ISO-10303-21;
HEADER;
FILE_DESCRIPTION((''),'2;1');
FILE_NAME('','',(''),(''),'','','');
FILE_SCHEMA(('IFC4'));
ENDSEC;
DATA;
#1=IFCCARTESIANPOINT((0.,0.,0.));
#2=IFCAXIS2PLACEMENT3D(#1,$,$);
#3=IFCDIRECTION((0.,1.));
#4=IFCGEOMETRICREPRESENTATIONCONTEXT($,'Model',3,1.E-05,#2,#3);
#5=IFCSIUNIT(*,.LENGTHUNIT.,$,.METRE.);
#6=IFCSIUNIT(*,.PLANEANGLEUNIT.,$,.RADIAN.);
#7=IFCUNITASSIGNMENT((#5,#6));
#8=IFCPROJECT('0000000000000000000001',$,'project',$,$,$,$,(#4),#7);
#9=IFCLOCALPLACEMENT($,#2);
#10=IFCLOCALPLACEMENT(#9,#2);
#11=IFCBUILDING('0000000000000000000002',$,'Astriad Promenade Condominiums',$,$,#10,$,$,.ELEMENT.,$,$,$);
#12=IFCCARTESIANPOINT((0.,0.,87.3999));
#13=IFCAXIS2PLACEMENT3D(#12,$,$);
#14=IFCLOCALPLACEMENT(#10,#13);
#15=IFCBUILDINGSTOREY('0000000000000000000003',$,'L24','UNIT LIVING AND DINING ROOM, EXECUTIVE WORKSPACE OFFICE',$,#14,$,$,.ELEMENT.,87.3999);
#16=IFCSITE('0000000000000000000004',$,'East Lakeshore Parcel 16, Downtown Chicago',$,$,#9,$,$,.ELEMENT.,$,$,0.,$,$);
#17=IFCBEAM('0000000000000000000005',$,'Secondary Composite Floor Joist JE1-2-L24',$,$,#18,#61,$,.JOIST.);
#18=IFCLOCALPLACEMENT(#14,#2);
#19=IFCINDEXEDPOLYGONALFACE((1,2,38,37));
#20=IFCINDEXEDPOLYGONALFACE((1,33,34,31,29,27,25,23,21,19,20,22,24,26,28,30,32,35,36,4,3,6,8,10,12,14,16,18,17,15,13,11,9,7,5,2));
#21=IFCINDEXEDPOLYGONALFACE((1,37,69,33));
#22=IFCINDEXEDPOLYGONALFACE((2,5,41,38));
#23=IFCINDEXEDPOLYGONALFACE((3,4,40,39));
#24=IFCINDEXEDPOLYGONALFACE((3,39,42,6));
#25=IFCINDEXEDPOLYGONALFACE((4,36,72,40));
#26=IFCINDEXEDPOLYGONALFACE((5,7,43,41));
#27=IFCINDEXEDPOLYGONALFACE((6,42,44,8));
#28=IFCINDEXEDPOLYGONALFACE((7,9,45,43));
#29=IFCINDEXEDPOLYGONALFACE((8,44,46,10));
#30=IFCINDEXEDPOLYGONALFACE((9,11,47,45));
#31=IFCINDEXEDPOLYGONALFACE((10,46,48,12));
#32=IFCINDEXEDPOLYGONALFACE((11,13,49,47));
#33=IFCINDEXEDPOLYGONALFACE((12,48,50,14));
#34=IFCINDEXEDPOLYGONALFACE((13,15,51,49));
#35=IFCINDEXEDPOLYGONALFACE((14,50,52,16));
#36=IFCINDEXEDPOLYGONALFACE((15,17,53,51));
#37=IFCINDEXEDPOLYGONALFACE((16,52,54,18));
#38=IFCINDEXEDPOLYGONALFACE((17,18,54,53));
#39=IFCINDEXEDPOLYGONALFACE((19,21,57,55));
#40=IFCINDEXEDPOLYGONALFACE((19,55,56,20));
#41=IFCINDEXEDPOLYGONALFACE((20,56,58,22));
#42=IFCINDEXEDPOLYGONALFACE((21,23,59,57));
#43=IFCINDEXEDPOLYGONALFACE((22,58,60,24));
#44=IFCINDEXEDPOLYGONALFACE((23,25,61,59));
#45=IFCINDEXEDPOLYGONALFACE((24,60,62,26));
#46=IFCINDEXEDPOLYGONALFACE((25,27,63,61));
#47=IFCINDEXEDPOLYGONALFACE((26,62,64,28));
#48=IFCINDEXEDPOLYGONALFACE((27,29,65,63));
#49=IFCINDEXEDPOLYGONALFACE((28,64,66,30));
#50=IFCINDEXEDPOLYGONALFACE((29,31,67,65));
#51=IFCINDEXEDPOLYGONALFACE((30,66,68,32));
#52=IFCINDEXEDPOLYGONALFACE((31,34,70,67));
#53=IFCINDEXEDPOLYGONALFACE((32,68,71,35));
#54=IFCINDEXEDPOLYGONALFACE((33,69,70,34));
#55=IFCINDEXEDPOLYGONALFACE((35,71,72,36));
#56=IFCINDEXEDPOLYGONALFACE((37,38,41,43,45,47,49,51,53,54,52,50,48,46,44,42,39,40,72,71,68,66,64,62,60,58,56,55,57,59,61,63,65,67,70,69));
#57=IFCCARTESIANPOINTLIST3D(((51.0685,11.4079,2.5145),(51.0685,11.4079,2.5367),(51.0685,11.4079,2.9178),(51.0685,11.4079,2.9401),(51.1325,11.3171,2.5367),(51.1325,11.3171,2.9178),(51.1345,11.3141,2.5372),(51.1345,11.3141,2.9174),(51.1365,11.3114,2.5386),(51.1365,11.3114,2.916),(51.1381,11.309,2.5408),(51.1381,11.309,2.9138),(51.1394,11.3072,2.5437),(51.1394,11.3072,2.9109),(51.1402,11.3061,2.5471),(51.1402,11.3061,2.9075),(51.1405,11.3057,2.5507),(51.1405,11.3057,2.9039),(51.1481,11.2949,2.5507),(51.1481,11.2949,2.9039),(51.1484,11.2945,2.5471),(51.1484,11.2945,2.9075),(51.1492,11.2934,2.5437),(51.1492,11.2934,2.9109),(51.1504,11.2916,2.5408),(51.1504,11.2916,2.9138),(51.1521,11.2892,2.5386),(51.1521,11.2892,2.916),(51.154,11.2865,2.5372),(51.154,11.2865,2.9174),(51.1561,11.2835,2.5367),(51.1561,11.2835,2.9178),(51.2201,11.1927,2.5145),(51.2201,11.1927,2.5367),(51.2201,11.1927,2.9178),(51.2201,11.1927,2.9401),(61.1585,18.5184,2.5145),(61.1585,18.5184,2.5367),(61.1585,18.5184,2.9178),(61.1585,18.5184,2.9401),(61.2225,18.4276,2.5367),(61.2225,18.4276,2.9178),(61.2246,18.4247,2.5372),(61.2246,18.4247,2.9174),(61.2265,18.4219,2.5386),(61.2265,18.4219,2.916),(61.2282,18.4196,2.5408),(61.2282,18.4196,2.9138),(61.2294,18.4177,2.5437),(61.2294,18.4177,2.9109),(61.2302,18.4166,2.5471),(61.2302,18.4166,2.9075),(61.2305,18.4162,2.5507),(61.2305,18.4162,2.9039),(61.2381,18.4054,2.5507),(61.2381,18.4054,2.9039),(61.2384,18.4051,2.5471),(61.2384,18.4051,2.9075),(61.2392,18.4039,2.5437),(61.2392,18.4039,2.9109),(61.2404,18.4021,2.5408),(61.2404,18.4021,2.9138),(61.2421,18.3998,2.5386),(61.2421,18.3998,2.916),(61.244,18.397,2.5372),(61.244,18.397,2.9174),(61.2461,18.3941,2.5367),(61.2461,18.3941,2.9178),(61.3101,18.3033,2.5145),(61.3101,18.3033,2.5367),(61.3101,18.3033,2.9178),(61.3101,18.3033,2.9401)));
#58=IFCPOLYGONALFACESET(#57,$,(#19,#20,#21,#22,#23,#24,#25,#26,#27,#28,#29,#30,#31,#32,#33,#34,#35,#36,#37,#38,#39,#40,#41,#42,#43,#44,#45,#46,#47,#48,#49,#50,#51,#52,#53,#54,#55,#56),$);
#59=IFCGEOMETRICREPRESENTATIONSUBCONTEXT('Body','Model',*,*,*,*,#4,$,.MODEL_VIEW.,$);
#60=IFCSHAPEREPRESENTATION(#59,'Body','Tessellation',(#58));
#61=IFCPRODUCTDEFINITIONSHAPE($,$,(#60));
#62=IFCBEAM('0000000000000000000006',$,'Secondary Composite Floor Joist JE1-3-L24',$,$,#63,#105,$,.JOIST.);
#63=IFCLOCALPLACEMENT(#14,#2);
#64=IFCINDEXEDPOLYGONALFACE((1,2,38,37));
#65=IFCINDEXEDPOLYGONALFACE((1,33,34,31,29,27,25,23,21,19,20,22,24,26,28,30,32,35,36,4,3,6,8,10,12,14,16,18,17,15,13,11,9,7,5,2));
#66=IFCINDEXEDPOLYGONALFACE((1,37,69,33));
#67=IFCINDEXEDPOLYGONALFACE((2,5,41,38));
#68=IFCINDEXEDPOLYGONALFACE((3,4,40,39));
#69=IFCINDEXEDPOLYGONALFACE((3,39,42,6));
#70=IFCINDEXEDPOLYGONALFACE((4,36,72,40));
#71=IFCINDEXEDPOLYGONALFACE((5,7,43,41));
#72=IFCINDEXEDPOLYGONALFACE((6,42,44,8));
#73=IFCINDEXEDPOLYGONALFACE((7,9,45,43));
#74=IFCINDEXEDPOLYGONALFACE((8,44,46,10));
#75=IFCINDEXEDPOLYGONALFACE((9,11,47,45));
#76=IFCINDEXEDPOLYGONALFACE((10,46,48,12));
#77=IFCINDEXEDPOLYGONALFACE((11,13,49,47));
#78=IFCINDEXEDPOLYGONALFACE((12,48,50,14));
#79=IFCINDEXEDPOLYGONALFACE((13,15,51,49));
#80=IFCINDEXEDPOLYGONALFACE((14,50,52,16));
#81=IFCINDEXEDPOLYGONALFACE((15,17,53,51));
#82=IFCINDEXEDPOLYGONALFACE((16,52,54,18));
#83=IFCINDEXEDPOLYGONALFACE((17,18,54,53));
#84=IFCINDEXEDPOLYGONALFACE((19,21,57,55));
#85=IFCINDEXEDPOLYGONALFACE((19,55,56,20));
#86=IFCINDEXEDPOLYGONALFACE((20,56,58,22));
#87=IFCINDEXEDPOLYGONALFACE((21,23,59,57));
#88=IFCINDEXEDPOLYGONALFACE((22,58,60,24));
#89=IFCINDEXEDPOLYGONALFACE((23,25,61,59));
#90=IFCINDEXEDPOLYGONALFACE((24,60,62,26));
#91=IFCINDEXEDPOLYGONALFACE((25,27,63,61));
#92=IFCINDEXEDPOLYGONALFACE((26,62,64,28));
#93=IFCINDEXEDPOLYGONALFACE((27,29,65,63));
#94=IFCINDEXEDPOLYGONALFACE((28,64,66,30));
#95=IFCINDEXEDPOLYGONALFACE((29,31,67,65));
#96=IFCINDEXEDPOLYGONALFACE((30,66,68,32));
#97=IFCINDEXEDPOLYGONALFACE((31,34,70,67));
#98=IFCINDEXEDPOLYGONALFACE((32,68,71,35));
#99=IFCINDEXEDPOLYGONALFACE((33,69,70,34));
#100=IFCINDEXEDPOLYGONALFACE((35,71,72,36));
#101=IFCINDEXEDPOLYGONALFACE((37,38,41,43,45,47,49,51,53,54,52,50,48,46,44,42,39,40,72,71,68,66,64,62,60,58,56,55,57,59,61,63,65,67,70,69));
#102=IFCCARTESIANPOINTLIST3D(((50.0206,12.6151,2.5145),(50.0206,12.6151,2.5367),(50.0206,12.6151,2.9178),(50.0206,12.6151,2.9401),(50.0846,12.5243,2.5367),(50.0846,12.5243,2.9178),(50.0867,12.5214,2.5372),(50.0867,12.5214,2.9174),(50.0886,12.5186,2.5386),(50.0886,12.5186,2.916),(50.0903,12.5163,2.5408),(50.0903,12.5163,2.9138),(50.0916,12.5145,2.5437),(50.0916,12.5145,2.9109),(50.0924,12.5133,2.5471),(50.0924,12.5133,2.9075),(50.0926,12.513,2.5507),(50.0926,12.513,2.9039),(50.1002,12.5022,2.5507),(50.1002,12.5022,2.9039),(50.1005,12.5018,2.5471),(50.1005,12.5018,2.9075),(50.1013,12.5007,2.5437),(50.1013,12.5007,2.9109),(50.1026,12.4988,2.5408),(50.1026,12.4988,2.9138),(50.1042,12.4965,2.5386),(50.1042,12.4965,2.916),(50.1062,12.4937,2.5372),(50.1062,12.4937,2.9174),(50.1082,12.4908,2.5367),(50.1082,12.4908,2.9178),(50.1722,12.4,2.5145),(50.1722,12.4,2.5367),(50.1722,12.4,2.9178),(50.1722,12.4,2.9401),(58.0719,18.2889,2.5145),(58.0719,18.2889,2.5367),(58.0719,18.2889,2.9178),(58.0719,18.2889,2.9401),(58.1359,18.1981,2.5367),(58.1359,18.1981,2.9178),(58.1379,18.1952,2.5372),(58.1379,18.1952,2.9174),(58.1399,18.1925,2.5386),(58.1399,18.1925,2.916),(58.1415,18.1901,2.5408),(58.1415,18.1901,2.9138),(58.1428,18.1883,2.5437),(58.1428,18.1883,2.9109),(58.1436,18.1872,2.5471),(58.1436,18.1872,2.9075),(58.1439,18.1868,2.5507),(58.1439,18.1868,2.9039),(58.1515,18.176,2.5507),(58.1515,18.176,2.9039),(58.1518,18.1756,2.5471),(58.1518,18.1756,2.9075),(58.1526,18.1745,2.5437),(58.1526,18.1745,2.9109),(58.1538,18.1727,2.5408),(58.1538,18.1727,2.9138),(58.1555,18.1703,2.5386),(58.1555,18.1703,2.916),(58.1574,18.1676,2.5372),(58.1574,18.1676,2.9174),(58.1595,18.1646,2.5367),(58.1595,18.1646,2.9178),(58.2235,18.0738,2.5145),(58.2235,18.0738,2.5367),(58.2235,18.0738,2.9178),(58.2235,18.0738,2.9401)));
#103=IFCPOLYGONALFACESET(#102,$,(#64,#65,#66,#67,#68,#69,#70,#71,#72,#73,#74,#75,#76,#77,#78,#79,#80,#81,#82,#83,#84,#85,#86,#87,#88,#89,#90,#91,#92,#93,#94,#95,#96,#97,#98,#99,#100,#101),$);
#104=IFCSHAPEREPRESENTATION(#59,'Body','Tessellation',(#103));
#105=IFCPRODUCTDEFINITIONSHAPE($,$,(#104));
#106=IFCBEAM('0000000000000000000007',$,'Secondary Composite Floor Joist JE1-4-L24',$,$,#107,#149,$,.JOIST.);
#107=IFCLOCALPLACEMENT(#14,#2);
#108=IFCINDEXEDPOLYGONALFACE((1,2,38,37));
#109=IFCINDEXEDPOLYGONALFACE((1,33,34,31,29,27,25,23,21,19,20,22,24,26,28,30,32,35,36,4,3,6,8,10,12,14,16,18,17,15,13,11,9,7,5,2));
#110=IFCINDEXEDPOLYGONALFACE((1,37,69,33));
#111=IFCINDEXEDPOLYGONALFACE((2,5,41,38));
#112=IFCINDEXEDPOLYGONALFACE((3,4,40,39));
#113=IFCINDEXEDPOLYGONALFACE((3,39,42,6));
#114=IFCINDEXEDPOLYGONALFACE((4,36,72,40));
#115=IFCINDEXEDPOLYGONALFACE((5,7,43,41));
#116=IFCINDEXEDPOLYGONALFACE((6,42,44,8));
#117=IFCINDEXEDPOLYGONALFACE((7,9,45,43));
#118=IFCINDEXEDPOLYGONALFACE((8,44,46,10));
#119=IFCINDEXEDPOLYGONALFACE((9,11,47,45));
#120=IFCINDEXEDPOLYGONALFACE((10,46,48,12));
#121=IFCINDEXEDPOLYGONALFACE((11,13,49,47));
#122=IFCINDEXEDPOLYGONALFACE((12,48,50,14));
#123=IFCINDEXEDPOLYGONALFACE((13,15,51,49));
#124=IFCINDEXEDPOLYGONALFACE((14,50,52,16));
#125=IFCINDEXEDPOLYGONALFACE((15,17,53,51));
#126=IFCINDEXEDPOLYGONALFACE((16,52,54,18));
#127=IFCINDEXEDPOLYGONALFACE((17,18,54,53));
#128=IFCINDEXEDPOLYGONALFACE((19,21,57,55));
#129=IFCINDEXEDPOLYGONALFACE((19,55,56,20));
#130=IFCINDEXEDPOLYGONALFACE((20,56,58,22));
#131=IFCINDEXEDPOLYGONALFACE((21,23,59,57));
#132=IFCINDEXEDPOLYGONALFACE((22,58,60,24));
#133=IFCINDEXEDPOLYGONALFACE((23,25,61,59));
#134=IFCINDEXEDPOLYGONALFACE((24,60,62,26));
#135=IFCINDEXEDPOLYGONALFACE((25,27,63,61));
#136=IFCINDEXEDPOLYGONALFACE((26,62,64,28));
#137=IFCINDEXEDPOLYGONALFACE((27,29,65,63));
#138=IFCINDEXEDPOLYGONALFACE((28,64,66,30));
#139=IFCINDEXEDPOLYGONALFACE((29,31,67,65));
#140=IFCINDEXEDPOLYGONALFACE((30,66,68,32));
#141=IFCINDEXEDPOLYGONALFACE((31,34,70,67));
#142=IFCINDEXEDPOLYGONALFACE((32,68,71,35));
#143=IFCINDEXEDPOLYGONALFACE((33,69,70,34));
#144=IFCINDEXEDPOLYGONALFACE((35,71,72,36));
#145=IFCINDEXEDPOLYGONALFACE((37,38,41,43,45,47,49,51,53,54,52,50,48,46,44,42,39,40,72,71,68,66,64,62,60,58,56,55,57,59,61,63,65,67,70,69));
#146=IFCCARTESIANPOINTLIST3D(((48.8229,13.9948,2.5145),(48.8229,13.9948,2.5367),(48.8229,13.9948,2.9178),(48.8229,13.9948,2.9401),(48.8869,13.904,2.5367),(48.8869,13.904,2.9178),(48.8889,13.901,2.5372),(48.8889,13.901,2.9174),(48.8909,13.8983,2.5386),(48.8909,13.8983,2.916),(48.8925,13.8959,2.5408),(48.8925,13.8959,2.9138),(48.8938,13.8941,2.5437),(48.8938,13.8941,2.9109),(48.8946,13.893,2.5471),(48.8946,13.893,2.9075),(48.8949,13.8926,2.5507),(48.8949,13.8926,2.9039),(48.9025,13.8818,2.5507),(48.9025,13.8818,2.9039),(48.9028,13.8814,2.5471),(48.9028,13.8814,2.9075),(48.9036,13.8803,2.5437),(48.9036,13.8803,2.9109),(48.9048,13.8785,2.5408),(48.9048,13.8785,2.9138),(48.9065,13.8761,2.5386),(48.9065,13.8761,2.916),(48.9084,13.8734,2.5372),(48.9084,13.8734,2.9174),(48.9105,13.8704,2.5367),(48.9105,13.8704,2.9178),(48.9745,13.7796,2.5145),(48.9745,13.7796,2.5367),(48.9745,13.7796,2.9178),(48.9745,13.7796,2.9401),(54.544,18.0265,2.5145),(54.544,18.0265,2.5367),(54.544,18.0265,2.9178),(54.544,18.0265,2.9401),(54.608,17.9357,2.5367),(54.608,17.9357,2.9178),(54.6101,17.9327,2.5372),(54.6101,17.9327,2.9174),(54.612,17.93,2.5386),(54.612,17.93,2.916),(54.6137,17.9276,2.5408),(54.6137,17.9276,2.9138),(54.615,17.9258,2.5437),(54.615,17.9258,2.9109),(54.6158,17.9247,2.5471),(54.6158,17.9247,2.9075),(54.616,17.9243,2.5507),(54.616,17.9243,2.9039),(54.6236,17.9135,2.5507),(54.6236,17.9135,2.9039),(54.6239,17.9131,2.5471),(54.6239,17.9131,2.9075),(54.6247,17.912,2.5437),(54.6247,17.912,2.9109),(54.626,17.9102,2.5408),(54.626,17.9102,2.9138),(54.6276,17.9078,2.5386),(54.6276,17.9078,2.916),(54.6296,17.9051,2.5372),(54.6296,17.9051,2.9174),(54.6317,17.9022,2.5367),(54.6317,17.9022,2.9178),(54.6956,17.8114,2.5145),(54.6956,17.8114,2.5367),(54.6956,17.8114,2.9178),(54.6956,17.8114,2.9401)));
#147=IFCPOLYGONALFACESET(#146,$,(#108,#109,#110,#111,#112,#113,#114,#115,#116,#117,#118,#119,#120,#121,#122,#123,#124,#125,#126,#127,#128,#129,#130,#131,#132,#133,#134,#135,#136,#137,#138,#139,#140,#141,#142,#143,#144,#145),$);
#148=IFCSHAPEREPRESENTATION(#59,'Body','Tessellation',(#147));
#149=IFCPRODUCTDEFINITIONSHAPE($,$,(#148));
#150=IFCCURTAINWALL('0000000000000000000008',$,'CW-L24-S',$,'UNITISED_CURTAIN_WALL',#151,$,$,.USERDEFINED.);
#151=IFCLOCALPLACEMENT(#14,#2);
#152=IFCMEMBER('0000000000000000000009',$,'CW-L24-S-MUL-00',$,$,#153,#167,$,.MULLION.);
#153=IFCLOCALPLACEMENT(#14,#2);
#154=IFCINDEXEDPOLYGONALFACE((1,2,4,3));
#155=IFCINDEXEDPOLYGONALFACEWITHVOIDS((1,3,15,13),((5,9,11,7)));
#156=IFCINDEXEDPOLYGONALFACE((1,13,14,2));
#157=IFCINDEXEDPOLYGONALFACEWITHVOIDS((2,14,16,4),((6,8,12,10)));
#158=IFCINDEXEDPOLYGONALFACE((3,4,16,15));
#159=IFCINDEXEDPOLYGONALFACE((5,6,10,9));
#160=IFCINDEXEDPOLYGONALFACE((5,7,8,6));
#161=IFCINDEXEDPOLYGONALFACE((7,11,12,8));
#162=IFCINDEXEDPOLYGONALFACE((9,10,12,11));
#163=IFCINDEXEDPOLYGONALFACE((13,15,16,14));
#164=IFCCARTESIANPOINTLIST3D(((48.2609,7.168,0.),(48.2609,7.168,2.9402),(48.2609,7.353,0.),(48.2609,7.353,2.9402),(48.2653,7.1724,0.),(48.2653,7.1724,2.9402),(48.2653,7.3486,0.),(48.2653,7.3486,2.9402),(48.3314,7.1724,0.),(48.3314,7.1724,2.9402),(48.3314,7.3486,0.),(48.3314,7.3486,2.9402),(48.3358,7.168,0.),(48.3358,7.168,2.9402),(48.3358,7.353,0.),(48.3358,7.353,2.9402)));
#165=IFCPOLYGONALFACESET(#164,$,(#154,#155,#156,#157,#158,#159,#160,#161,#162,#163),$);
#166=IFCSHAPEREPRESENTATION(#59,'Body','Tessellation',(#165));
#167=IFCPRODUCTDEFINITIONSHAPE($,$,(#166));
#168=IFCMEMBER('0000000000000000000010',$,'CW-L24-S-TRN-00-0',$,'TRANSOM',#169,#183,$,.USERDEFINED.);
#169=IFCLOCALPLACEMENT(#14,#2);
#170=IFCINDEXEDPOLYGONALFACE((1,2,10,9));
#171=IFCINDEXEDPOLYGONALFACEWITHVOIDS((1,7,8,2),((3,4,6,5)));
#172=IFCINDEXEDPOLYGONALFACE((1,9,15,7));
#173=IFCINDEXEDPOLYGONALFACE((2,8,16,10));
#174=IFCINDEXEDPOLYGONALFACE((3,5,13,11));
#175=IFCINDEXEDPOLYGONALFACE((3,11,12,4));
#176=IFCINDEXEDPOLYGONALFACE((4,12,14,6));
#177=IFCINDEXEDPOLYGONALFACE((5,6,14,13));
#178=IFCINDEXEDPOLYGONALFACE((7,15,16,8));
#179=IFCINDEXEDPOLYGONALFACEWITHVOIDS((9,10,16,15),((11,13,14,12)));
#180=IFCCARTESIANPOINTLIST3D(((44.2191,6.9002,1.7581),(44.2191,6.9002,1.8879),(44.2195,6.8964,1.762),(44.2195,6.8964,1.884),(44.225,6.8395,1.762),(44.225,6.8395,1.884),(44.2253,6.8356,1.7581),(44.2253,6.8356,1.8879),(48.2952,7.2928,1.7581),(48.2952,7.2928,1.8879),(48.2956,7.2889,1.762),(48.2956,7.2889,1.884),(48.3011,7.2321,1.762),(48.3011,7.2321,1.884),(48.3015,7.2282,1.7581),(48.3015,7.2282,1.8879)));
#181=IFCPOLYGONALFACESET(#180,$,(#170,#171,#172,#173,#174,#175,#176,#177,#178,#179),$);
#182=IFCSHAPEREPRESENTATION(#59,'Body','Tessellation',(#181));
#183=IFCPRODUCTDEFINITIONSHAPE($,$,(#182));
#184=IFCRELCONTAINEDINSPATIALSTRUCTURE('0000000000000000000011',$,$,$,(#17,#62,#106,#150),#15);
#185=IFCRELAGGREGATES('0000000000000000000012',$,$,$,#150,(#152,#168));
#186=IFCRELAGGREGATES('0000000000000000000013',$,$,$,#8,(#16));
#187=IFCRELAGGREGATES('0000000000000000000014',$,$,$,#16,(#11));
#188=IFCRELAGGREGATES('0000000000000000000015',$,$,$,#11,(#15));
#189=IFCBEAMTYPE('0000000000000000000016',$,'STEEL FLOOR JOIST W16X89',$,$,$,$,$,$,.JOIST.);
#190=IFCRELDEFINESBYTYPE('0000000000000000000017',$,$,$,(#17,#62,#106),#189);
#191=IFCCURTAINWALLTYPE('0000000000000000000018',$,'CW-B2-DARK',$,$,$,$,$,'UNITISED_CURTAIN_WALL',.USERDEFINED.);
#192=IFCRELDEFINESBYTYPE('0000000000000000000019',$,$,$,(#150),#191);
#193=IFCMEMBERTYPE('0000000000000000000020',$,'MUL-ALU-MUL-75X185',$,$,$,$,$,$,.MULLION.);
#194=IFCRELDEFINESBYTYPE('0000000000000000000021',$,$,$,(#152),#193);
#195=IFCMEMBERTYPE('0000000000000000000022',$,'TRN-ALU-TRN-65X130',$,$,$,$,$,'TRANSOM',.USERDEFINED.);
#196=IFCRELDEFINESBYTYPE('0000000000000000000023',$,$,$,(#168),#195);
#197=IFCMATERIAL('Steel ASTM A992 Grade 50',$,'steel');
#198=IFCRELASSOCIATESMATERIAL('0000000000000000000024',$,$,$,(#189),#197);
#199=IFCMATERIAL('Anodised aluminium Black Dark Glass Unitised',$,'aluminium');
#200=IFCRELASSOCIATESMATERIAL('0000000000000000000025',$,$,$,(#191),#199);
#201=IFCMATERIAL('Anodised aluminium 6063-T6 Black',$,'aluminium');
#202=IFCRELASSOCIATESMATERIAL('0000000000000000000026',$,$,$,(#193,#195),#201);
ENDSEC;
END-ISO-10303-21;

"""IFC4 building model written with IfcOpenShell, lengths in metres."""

from ifc_helpers import new_model, si_unit, direction, frame, origin, origin_2d, place, context, subcontext, project, spatial, hollow_rectangle, i_section, extrude, source, transform, mapped, material, material_profile, profile_set, type_object, type_shapes, element, aggregate, save


model = new_model("IFC4")

# Units and contexts
model_context = context("Model", 3, precision=1e-05, world=origin(), true_north=direction((0.0, 1.0)))
body_context = subcontext(model_context, "Body", "Model", "MODEL_VIEW")
ifc_project = project(units=[si_unit("LENGTHUNIT", "METRE"), si_unit("PLANEANGLEUNIT", "RADIAN")], contexts=[model_context])

# Site, building, storey
site_placement = place(None, origin())
site = spatial("IfcSite", under=ifc_project, at=site_placement, Name="East Lakeshore Parcel 16, Downtown Chicago", CompositionType="ELEMENT", RefElevation=0.0)
building_placement = place(site_placement, origin())
building = spatial("IfcBuilding", under=site, at=building_placement, Name="Astriad Promenade Condominiums", CompositionType="ELEMENT")
storey_placement = place(building_placement, frame((0.0, 0.0, 87.3999)))
storey = spatial("IfcBuildingStorey", under=building, at=storey_placement, Name="L24", Description="UNIT LIVING AND DINING ROOM, EXECUTIVE WORKSPACE OFFICE", CompositionType="ELEMENT", Elevation=87.3999)

# Beams
ifc_material_1 = material(Name="Steel ASTM A992 Grade 50", Category="steel")
ifc_material_profile_1 = material_profile(ifc_material_1, i_section(OverallWidth=0.2632, OverallDepth=0.4255, WebThickness=0.0132, FlangeThickness=0.0222, FilletRadius=0.0139, at=origin_2d()), Name="W16X89")
ifc_profile_set_1 = profile_set([ifc_material_profile_1], Name="Steel ASTM A992 Grade 50")
beam_type_1 = type_object("IfcBeamType", Name="STEEL FLOOR JOIST W16X89", PredefinedType="JOIST", material=ifc_profile_set_1)
shared_shape_1 = source(origin(), body_context, "Body", "SweptSolid", [
    extrude(i_section(OverallWidth=0.2632, OverallDepth=0.4255, WebThickness=0.0132, FlangeThickness=0.0222, FilletRadius=0.0139, at=origin_2d()), origin(), (0.0, 0.0, 1.0), 12.3438),
])
beam_1_placement = place(storey_placement, frame((51.1443, 11.3003, 2.7273), z_axis=(0.817419, 0.576044, 0.0), x_axis=(-0.576044, 0.817419, 0.0)))
element("IfcBeam", 1, at=beam_1_placement, inside=storey, type_object=beam_type_1, Name="Secondary Composite Floor Joist JE1-2-L24", PredefinedType="JOIST", context=body_context, shape_type="MappedRepresentation", body=[
    mapped(shared_shape_1, transform((0.0, 0.0, 0.0), scale=1.0)),
])
shared_shape_2 = source(origin(), body_context, "Body", "SweptSolid", [
    extrude(i_section(OverallWidth=0.2632, OverallDepth=0.4255, WebThickness=0.0132, FlangeThickness=0.0222, FilletRadius=0.0139, at=origin_2d()), origin(), (0.0, 0.0, 1.0), 9.8496),
])
beam_2_placement = place(storey_placement, frame((50.0964, 12.5076, 2.7273), z_axis=(0.817418, 0.576045, 0.0), x_axis=(-0.576045, 0.817418, 0.0)))
element("IfcBeam", 2, at=beam_2_placement, inside=storey, type_object=beam_type_1, Name="Secondary Composite Floor Joist JE1-3-L24", PredefinedType="JOIST", context=body_context, shape_type="MappedRepresentation", body=[
    mapped(shared_shape_2, transform((0.0, 0.0, 0.0), scale=1.0)),
])
shared_shape_3 = source(origin(), body_context, "Body", "SweptSolid", [
    extrude(i_section(OverallWidth=0.2632, OverallDepth=0.4255, WebThickness=0.0132, FlangeThickness=0.0222, FilletRadius=0.0139, at=origin_2d()), origin(), (0.0, 0.0, 1.0), 6.999),
])
beam_3_placement = place(storey_placement, frame((48.8987, 13.8872, 2.7273), z_axis=(0.817422, 0.576039, 0.0), x_axis=(-0.576039, 0.817422, 0.0)))
element("IfcBeam", 3, at=beam_3_placement, inside=storey, type_object=beam_type_1, Name="Secondary Composite Floor Joist JE1-4-L24", PredefinedType="JOIST", context=body_context, shape_type="MappedRepresentation", body=[
    mapped(shared_shape_3, transform((0.0, 0.0, 0.0), scale=1.0)),
])

# Curtain wall, members
ifc_material_2 = material(Name="Anodised aluminium Black Dark Glass Unitised", Category="aluminium")
curtain_wall_type = type_object("IfcCurtainWallType", Name="CW-B2-DARK", ElementType="UNITISED_CURTAIN_WALL", PredefinedType="USERDEFINED", material=ifc_material_2)
curtain_wall_placement = place(storey_placement, origin())
curtain_wall = element("IfcCurtainWall", 4, at=curtain_wall_placement, inside=storey, type_object=curtain_wall_type, Name="CW-L24-S", ObjectType="UNITISED_CURTAIN_WALL", PredefinedType="USERDEFINED")
ifc_material_3 = material(Name="Anodised aluminium 6063-T6 Black", Category="aluminium")
ifc_material_profile_2 = material_profile(ifc_material_3, hollow_rectangle(XDim=0.075, YDim=0.1851, WallThickness=0.0044, at=origin_2d()), Name="ALU-MUL-75X185")
ifc_profile_set_2 = profile_set([ifc_material_profile_2], Name="Anodised aluminium 6063-T6 Black")
member_type_1 = type_object("IfcMemberType", Name="MUL-ALU-MUL-75X185", PredefinedType="MULLION", material=ifc_profile_set_2)
shared_shape_4 = source(origin(), body_context, "Body", "SweptSolid", [
    extrude(hollow_rectangle(XDim=0.075, YDim=0.1851, WallThickness=0.0044, at=origin_2d()), origin(), (0.0, 0.0, 1.0), 2.9402),
])
type_shapes(member_type_1, [shared_shape_4])
member_1_placement = place(storey_placement, frame((48.2983, 7.2605, 0.0), z_axis=(0.0, 0.0, 1.0), x_axis=(1.0, 0.0, 0.0)))
member_1 = element("IfcMember", 5, at=member_1_placement, type_object=member_type_1, Name="CW-L24-S-MUL-00", PredefinedType="MULLION", context=body_context, shape_type="MappedRepresentation", body=[
    mapped(shared_shape_4, transform((0.0, 0.0, 0.0), scale=1.0)),
])
ifc_material_profile_3 = material_profile(ifc_material_3, hollow_rectangle(XDim=0.0649, YDim=0.1299, WallThickness=0.0039, at=origin_2d()), Name="ALU-TRN-65X130")
ifc_profile_set_3 = profile_set([ifc_material_profile_3], Name="Anodised aluminium 6063-T6 Black")
member_type_2 = type_object("IfcMemberType", Name="TRN-ALU-TRN-65X130", ElementType="TRANSOM", PredefinedType="USERDEFINED", material=ifc_profile_set_3)
shared_shape_5 = source(origin(), body_context, "Body", "SweptSolid", [
    extrude(hollow_rectangle(XDim=0.0649, YDim=0.1299, WallThickness=0.0039, at=origin_2d()), origin(), (0.0, 0.0, 1.0), 4.095),
])
type_shapes(member_type_2, [shared_shape_5])
member_2_placement = place(storey_placement, frame((48.2983, 7.2605, 1.823), z_axis=(-0.995394, -0.095867, 0.0), x_axis=(0.095867, -0.995394, 0.0)))
member_2 = element("IfcMember", 6, at=member_2_placement, type_object=member_type_2, Name="CW-L24-S-TRN-00-0", ObjectType="TRANSOM", PredefinedType="USERDEFINED", context=body_context, shape_type="MappedRepresentation", body=[
    mapped(shared_shape_5, transform((0.0, 0.0, 0.0), scale=1.0)),
])
aggregate(curtain_wall, [member_1, member_2])

save(model, "model.ifc")
